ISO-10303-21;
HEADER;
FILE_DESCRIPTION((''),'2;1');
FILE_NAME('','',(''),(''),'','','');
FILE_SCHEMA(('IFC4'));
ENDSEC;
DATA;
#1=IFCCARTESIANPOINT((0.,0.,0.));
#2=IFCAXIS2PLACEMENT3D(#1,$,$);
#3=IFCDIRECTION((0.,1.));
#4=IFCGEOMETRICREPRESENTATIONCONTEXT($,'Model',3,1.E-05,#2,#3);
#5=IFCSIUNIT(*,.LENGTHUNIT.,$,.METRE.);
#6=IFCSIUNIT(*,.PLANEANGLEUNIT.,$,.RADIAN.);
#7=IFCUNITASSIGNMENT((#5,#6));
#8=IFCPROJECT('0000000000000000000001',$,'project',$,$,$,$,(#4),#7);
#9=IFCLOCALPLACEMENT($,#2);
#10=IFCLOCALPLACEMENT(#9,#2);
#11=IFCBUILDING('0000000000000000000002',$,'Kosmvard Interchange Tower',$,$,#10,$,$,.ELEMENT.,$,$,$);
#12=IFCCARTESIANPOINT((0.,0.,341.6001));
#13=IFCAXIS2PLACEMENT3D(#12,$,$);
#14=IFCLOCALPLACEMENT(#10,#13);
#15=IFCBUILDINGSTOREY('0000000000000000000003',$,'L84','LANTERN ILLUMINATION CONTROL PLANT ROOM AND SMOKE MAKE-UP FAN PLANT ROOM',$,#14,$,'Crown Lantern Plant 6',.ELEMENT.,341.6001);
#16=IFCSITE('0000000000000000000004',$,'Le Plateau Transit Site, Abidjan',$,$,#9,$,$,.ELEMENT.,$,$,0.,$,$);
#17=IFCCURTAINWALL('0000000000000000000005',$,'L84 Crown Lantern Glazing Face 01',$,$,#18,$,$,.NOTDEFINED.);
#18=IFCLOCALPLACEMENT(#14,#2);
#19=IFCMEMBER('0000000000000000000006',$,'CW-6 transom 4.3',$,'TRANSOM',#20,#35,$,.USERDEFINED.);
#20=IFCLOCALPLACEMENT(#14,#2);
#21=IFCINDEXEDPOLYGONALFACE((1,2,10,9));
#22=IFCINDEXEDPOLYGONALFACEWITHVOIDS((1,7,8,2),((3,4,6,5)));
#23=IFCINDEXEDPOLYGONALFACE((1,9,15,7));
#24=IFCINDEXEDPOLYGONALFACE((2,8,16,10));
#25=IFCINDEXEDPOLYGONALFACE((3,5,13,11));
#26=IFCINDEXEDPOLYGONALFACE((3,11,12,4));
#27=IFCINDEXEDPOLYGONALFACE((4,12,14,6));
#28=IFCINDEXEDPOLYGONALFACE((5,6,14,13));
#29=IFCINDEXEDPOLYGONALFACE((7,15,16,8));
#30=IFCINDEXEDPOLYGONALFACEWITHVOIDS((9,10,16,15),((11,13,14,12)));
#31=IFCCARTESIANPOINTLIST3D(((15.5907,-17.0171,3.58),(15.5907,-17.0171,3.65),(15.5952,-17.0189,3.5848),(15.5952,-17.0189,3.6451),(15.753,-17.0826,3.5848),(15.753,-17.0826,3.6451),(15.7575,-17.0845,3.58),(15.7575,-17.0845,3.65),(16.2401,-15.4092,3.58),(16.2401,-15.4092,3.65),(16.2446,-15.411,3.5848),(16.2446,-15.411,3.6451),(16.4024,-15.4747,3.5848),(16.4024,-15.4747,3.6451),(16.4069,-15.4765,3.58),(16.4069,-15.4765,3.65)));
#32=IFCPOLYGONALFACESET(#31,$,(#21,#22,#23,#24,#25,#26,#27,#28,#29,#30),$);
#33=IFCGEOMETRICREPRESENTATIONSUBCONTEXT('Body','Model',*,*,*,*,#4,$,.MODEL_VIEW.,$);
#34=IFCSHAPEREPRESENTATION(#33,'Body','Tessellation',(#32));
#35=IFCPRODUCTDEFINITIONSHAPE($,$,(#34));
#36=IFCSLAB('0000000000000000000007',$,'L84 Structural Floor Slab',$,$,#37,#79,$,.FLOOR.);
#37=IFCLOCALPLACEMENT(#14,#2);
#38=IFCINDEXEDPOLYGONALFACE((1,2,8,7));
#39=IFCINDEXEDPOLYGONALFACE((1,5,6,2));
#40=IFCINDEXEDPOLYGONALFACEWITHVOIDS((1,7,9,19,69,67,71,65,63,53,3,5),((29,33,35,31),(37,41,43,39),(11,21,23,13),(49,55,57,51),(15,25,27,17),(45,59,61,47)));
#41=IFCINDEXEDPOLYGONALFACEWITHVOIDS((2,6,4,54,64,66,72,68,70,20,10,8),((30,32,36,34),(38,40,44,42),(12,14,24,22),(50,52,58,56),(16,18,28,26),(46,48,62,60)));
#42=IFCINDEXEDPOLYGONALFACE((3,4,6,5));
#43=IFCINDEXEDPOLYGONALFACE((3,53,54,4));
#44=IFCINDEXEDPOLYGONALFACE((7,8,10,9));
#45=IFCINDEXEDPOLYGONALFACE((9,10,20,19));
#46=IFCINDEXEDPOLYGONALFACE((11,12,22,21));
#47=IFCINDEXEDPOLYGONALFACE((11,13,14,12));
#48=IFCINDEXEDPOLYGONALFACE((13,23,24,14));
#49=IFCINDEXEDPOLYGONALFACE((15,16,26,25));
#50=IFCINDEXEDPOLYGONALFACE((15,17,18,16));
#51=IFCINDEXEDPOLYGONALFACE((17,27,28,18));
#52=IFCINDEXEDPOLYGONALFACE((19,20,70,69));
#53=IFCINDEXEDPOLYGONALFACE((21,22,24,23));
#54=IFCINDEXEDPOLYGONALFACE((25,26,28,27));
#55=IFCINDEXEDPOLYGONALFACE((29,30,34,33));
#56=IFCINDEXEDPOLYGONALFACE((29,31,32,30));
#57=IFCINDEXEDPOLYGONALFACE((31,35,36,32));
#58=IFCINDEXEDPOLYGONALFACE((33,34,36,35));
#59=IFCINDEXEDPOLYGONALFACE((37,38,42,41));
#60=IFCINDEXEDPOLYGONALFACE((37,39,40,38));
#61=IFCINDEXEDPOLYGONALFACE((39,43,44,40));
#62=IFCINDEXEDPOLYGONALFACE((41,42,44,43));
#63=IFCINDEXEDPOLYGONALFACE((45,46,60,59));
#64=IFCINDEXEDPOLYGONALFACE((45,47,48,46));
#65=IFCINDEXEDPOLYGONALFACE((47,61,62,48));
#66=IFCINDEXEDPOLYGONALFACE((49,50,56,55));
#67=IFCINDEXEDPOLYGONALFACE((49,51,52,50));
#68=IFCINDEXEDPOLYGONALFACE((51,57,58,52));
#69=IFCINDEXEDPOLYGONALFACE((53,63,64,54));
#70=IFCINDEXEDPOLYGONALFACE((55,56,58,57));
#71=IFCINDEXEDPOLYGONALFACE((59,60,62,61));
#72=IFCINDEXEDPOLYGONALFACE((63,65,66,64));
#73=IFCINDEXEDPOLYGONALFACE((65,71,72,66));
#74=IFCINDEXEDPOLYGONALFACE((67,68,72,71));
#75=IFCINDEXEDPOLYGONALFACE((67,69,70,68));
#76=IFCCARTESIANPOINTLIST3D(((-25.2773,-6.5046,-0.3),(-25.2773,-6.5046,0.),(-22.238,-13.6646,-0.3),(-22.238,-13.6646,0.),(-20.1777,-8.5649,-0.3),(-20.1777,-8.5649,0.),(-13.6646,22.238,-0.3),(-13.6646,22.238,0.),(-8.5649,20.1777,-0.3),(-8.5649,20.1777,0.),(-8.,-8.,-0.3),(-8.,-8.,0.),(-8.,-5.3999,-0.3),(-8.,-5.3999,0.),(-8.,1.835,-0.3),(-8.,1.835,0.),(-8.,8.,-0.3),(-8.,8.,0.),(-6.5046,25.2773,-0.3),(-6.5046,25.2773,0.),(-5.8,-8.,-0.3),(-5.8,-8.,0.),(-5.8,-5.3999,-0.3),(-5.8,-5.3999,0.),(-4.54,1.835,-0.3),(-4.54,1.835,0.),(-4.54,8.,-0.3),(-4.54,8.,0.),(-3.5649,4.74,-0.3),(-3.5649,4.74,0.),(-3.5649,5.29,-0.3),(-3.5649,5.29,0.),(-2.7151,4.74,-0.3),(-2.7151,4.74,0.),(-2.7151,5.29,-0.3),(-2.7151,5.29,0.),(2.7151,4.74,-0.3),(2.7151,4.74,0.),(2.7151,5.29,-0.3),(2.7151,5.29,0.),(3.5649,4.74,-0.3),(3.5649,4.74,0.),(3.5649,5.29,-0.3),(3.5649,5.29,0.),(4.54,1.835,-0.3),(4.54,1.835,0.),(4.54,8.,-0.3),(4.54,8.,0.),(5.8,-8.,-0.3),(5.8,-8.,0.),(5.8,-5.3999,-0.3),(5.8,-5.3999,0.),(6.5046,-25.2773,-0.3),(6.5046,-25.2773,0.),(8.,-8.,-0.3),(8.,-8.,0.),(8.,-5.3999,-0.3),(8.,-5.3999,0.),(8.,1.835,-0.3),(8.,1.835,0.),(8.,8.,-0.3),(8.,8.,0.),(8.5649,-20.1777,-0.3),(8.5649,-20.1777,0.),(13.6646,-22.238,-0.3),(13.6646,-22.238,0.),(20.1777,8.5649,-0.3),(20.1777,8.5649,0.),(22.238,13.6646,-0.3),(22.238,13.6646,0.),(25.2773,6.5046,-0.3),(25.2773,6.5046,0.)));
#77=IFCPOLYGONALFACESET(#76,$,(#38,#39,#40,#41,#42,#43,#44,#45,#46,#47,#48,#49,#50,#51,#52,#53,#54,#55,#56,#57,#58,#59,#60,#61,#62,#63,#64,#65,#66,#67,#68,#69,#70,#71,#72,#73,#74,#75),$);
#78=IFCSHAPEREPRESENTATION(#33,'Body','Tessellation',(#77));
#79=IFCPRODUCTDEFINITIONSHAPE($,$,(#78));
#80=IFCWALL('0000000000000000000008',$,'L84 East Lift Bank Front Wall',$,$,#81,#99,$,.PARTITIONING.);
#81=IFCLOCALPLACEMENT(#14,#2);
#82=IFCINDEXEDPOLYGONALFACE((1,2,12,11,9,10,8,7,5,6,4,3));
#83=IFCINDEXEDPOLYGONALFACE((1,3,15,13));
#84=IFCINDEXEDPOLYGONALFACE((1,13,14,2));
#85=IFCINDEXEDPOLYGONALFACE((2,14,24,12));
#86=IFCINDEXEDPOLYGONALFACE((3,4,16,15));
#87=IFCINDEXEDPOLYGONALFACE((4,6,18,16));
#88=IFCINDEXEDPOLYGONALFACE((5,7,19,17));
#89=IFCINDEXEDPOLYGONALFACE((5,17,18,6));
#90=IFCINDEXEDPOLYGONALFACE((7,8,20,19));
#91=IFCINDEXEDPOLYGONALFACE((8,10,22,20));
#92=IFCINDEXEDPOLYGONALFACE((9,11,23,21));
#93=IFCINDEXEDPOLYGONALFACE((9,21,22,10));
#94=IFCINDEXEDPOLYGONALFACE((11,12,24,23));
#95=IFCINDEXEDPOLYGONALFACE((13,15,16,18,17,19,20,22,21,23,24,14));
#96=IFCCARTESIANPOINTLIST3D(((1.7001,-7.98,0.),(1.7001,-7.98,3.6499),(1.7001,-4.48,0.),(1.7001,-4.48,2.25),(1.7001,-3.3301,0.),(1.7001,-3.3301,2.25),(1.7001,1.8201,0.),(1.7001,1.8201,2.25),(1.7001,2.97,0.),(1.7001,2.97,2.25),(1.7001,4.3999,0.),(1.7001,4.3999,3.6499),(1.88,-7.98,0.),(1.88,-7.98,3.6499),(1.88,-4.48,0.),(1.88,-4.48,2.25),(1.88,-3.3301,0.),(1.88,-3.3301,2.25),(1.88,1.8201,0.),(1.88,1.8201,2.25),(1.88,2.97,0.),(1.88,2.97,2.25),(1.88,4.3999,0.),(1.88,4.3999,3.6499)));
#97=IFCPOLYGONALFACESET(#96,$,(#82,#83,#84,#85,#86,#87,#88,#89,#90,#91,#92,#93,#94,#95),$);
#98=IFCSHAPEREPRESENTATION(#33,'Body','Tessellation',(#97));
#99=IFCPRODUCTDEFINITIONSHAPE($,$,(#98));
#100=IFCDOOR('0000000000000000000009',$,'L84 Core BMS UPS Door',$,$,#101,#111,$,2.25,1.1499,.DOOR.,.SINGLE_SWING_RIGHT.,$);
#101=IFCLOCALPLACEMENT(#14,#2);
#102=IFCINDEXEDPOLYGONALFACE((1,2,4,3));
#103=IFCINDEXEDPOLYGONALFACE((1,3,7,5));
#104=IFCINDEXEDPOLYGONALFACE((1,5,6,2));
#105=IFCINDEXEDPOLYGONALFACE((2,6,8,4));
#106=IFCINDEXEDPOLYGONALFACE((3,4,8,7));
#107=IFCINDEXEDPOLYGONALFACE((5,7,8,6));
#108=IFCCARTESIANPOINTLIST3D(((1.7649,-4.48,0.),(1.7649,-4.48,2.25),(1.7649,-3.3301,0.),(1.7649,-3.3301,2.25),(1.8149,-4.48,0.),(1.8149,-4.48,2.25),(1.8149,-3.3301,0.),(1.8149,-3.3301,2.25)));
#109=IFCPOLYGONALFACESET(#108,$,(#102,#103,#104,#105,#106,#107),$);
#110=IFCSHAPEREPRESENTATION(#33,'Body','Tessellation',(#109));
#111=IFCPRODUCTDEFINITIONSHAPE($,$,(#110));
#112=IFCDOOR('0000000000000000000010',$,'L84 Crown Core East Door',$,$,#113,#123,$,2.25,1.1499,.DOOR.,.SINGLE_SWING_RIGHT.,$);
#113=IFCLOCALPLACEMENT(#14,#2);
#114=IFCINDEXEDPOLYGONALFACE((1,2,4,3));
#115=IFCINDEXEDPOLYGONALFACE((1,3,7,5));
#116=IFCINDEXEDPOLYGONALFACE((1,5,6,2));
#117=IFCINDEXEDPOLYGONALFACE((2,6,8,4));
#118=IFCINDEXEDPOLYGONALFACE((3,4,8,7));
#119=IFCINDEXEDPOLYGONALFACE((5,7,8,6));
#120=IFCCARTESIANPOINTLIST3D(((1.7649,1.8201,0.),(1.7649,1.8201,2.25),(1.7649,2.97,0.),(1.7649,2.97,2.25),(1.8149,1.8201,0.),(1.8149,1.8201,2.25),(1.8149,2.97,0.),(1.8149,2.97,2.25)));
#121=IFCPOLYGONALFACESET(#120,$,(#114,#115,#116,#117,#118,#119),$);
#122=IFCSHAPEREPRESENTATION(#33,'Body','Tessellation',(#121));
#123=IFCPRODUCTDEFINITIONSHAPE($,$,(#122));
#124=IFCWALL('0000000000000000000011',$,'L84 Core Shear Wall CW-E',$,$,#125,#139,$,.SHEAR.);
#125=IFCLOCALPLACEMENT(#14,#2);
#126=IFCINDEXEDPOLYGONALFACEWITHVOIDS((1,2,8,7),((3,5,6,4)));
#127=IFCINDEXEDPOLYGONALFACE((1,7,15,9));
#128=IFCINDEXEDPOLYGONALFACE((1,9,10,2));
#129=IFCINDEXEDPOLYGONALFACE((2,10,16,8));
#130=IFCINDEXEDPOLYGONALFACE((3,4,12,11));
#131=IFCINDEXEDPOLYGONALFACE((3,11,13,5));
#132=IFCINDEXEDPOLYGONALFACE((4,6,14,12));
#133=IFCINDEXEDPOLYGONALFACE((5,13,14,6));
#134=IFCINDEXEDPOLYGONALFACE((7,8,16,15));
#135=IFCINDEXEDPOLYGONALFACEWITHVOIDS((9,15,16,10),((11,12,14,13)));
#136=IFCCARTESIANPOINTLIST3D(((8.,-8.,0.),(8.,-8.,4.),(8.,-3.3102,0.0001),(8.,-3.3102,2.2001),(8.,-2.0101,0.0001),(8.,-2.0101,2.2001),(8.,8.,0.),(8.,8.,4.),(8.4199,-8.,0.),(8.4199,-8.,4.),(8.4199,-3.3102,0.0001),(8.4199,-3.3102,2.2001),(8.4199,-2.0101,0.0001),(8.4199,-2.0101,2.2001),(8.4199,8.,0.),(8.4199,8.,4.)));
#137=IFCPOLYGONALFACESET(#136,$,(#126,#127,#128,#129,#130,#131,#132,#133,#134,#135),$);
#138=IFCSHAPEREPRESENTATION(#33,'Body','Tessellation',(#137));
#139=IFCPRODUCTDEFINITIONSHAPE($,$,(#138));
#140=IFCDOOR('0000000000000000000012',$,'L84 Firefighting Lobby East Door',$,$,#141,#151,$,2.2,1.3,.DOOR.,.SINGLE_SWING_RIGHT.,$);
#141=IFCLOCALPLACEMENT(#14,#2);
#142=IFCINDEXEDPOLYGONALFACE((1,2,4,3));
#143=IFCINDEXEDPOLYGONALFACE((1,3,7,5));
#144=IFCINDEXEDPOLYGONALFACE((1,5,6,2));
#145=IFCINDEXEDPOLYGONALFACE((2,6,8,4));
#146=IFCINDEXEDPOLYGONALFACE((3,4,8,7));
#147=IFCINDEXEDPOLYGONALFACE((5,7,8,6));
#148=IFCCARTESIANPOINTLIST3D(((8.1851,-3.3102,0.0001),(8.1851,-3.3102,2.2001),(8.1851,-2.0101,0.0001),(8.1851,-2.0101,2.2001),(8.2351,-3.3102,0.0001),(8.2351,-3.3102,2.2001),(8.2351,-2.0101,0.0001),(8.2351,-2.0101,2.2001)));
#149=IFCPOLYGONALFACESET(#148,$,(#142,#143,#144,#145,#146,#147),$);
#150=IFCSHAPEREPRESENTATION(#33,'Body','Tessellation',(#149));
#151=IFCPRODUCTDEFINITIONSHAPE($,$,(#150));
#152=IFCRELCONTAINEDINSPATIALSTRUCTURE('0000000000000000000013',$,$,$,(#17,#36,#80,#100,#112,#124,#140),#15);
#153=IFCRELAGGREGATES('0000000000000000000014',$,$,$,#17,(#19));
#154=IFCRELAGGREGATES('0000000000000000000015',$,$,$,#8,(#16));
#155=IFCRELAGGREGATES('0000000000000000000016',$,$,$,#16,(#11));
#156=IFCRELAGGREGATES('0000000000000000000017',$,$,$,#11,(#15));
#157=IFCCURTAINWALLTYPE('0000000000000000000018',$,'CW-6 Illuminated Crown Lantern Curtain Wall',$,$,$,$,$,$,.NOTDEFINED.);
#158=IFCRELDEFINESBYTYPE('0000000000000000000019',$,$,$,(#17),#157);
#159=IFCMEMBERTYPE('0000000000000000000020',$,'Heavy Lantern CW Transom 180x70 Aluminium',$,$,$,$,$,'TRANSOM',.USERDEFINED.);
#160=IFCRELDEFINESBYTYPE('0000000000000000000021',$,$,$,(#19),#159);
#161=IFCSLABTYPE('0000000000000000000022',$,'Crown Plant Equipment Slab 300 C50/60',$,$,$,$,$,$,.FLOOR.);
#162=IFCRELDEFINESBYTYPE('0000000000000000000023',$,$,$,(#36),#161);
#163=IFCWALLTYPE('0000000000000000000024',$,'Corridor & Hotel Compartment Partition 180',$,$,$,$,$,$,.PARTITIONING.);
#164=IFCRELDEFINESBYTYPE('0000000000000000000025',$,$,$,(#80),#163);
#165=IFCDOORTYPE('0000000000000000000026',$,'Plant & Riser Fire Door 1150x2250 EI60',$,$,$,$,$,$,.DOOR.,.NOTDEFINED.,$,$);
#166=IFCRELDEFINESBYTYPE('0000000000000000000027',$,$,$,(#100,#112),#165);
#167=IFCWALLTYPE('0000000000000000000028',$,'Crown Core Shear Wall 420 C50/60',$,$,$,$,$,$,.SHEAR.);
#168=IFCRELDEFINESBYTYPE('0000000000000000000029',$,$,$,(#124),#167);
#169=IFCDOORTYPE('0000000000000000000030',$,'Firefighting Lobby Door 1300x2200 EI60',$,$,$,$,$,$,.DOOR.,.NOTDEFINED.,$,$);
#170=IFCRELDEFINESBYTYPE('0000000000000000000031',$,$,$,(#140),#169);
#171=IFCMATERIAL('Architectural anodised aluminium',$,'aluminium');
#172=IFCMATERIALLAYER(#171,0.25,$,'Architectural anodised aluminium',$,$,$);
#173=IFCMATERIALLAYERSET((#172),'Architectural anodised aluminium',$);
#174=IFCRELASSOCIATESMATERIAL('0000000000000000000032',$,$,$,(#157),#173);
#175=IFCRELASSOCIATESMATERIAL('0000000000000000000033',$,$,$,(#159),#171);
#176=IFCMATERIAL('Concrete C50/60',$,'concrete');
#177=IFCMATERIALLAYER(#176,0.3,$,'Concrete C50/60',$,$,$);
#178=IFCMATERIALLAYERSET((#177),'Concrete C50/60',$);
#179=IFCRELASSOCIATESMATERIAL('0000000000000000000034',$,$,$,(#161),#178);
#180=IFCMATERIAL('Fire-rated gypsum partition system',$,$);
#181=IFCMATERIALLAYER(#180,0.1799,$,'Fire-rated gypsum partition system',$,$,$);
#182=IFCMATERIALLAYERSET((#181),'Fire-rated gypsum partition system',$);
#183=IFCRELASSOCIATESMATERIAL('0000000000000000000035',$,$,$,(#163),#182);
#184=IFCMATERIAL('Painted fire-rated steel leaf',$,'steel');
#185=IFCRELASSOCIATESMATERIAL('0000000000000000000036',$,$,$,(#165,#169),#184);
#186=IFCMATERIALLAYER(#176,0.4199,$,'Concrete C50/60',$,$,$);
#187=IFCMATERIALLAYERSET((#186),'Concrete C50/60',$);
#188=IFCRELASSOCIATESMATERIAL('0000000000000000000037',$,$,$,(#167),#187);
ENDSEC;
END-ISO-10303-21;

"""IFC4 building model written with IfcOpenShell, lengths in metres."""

from ifc_helpers import new_model, si_unit, direction, frame, frame_2d, origin, origin_2d, place, context, subcontext, project, spatial, polyline, rectangle, hollow_rectangle, outline, extrude, source, transform, mapped, material, layer, layer_set, material_profile, profile_set, type_object, element, fill, aggregate, save


model = new_model("IFC4")

# Units and contexts
model_context = context("Model", 3, precision=1e-05, world=origin(), true_north=direction((0.0, 1.0)))
body_context = subcontext(model_context, "Body", "Model", "MODEL_VIEW")
ifc_project = project(units=[si_unit("LENGTHUNIT", "METRE"), si_unit("PLANEANGLEUNIT", "RADIAN")], contexts=[model_context])

# Site, building, storey
site_placement = place(None, origin())
site = spatial("IfcSite", under=ifc_project, at=site_placement, Name="Le Plateau Transit Site, Abidjan", CompositionType="ELEMENT", RefElevation=0.0)
building_placement = place(site_placement, origin())
building = spatial("IfcBuilding", under=site, at=building_placement, Name="Kosmvard Interchange Tower", CompositionType="ELEMENT")
storey_placement = place(building_placement, frame((0.0, 0.0, 341.6001)))
storey = spatial("IfcBuildingStorey", under=building, at=storey_placement, Name="L84", Description="LANTERN ILLUMINATION CONTROL PLANT ROOM AND SMOKE MAKE-UP FAN PLANT ROOM", LongName="Crown Lantern Plant 6", CompositionType="ELEMENT", Elevation=341.6001)

# Shared definitions
ifc_material_1 = material(Name="Concrete C50/60", Category="concrete")

# Curtain wall, member
ifc_material_2 = material(Name="Architectural anodised aluminium", Category="aluminium")
ifc_layer_1 = layer(ifc_material_2, 0.25, Name="Architectural anodised aluminium")
ifc_layer_set_1 = layer_set([ifc_layer_1], Name="Architectural anodised aluminium")
curtain_wall_type = type_object("IfcCurtainWallType", Name="CW-6 Illuminated Crown Lantern Curtain Wall", PredefinedType="NOTDEFINED", material=ifc_layer_set_1)
curtain_wall_placement = place(storey_placement, origin())
curtain_wall = element("IfcCurtainWall", 1, at=curtain_wall_placement, inside=storey, type_object=curtain_wall_type, Name="L84 Crown Lantern Glazing Face 01", PredefinedType="NOTDEFINED")
ifc_material_profile_1 = material_profile(ifc_material_2, hollow_rectangle(XDim=0.1799, YDim=0.0701, WallThickness=0.0049, at=origin_2d()), Name="CWT 180x70x5")
ifc_profile_set_1 = profile_set([ifc_material_profile_1], Name="Architectural anodised aluminium")
member_type = type_object("IfcMemberType", Name="Heavy Lantern CW Transom 180x70 Aluminium", ElementType="TRANSOM", PredefinedType="USERDEFINED", material=ifc_profile_set_1)
shared_shape_1 = source(origin(), body_context, "Body", "SweptSolid", [
    extrude(hollow_rectangle(XDim=0.1799, YDim=0.0701, WallThickness=0.0049, at=origin_2d()), origin(), (0.0, 0.0, 1.0), 1.7341),
])
member_1_placement = place(storey_placement, frame((15.6741, -17.0508, 3.615), z_axis=(0.374496, 0.927229, 0.0), x_axis=(-0.927229, 0.374496, 0.0)))
member_1 = element("IfcMember", 2, at=member_1_placement, type_object=member_type, Name="CW-6 transom 4.3", ObjectType="TRANSOM", PredefinedType="USERDEFINED", context=body_context, shape_type="MappedRepresentation", body=[
    mapped(shared_shape_1, transform((0.0, 0.0, 0.0), scale=1.0)),
])
aggregate(curtain_wall, [member_1])

# Slab
ifc_layer_2 = layer(ifc_material_1, 0.3, Name="Concrete C50/60")
ifc_layer_set_2 = layer_set([ifc_layer_2], Name="Concrete C50/60")
slab_type = type_object("IfcSlabType", Name="Crown Plant Equipment Slab 300 C50/60", PredefinedType="FLOOR", material=ifc_layer_set_2)
slab_placement = place(storey_placement, frame((0.0, 0.0, -0.3)))
element("IfcSlab", 3, at=slab_placement, inside=storey, type_object=slab_type, Name="L84 Structural Floor Slab", PredefinedType="FLOOR", context=body_context, shape_type="SweptSolid", body=[
    extrude(outline(polyline([(13.6646, -22.238), (25.2773, 6.5046), (20.1777, 8.5649), (22.238, 13.6646), (-6.5046, 25.2773), (-8.5649, 20.1777), (-13.6646, 22.238), (-25.2773, -6.5046), (-20.1777, -8.5649), (-22.238, -13.6646), (6.5046, -25.2773), (8.5649, -20.1777), (13.6646, -22.238)]), holes=[polyline([(-8.0, 1.835), (-4.54, 1.835), (-4.54, 8.0), (-8.0, 8.0), (-8.0, 1.835)]), polyline([(4.54, 1.835), (8.0, 1.835), (8.0, 8.0), (4.54, 8.0), (4.54, 1.835)]), polyline([(-8.0, -8.0), (-5.8, -8.0), (-5.8, -5.3999), (-8.0, -5.3999), (-8.0, -8.0)]), polyline([(5.8, -8.0), (8.0, -8.0), (8.0, -5.3999), (5.8, -5.3999), (5.8, -8.0)]), polyline([(-3.5649, 4.74), (-2.7151, 4.74), (-2.7151, 5.29), (-3.5649, 5.29), (-3.5649, 4.74)]), polyline([(2.7151, 4.74), (3.5649, 4.74), (3.5649, 5.29), (2.7151, 5.29), (2.7151, 4.74)])]), origin(), (0.0, 0.0, 1.0), 0.3),
])

# Wall, openings, doors
ifc_material_3 = material(Name="Fire-rated gypsum partition system")
ifc_layer_3 = layer(ifc_material_3, 0.1799, Name="Fire-rated gypsum partition system")
ifc_layer_set_3 = layer_set([ifc_layer_3], Name="Fire-rated gypsum partition system")
wall_type_1 = type_object("IfcWallType", Name="Corridor & Hotel Compartment Partition 180", PredefinedType="PARTITIONING", material=ifc_layer_set_3)
wall_1_placement = place(storey_placement, frame((1.79, -7.98, 0.0), z_axis=(0.0, 0.0, 1.0), x_axis=(0.0, 1.0, 0.0)))
wall_1 = element("IfcWall", 4, at=wall_1_placement, inside=storey, type_object=wall_type_1, Name="L84 East Lift Bank Front Wall", PredefinedType="PARTITIONING", context=body_context, shape_type="SweptSolid", body=[
    extrude(rectangle(XDim=12.3799, YDim=0.1799, at=frame_2d((6.1899, 0.0))), origin(), (0.0, 0.0, 1.0), 3.6499),
])
opening_1_placement = place(wall_1_placement, frame((3.5, 0.0, 0.0)))
opening_1 = element("IfcOpeningElement", 5, at=opening_1_placement, cuts=wall_1, PredefinedType="OPENING", context=body_context, shape_type="SweptSolid", body=[
    extrude(rectangle(XDim=1.1499, YDim=2.25, at=frame_2d((0.575, 1.125))), frame((0.0, 0.1001, 0.0), z_axis=(0.0, -1.0, 0.0), x_axis=(1.0, 0.0, 0.0)), (0.0, 0.0, 1.0), 0.2),
])
opening_2_placement = place(wall_1_placement, frame((9.8, 0.0, 0.0)))
opening_2 = element("IfcOpeningElement", 6, at=opening_2_placement, cuts=wall_1, PredefinedType="OPENING", context=body_context, shape_type="SweptSolid", body=[
    extrude(rectangle(XDim=1.1499, YDim=2.25, at=frame_2d((0.575, 1.125))), frame((0.0, 0.1001, 0.0), z_axis=(0.0, -1.0, 0.0), x_axis=(1.0, 0.0, 0.0)), (0.0, 0.0, 1.0), 0.2),
])
ifc_material_4 = material(Name="Painted fire-rated steel leaf", Category="steel")
door_type_1 = type_object("IfcDoorType", Name="Plant & Riser Fire Door 1150x2250 EI60", OperationType="NOTDEFINED", PredefinedType="DOOR", material=ifc_material_4)
shared_shape_2 = source(origin(), body_context, "Body", "SweptSolid", [
    extrude(rectangle(XDim=1.1499, YDim=2.25, at=frame_2d((0.575, 1.125))), frame((0.0, 0.0249, 0.0), z_axis=(0.0, -1.0, 0.0), x_axis=(1.0, 0.0, 0.0)), (0.0, 0.0, 1.0), 0.05),
])
door_1_placement = place(opening_1_placement, frame((1.1499, 0.0, 0.0), z_axis=(0.0, 0.0, 1.0), x_axis=(-1.0, 0.0, 0.0)))
door_1 = element("IfcDoor", 7, at=door_1_placement, inside=storey, type_object=door_type_1, Name="L84 Core BMS UPS Door", OperationType="SINGLE_SWING_RIGHT", OverallHeight=2.25, OverallWidth=1.1499, PredefinedType="DOOR", context=body_context, shape_type="MappedRepresentation", body=[
    mapped(shared_shape_2, transform((0.0, 0.0, 0.0), scale=1.0)),
])
fill(opening_1, door_1)
door_2_placement = place(opening_2_placement, frame((1.1499, 0.0, 0.0), z_axis=(0.0, 0.0, 1.0), x_axis=(-1.0, 0.0, 0.0)))
door_2 = element("IfcDoor", 8, at=door_2_placement, inside=storey, type_object=door_type_1, Name="L84 Crown Core East Door", OperationType="SINGLE_SWING_RIGHT", OverallHeight=2.25, OverallWidth=1.1499, PredefinedType="DOOR", context=body_context, shape_type="MappedRepresentation", body=[
    mapped(shared_shape_2, transform((0.0, 0.0, 0.0), scale=1.0)),
])
fill(opening_2, door_2)

# Wall, opening, door
ifc_layer_4 = layer(ifc_material_1, 0.4199, Name="Concrete C50/60")
ifc_layer_set_4 = layer_set([ifc_layer_4], Name="Concrete C50/60")
wall_type_2 = type_object("IfcWallType", Name="Crown Core Shear Wall 420 C50/60", PredefinedType="SHEAR", material=ifc_layer_set_4)
wall_2_placement = place(storey_placement, frame((8.21, -8.0, 0.0), z_axis=(0.0, 0.0, 1.0), x_axis=(0.0, 1.0, 0.0)))
wall_2 = element("IfcWall", 9, at=wall_2_placement, inside=storey, type_object=wall_type_2, Name="L84 Core Shear Wall CW-E", PredefinedType="SHEAR", context=body_context, shape_type="SweptSolid", body=[
    extrude(rectangle(XDim=16.0, YDim=0.4199, at=frame_2d((8.0, 0.0))), origin(), (0.0, 0.0, 1.0), 4.0),
])
opening_3_placement = place(wall_2_placement, frame((4.6899, 0.0, 0.0)))
opening_3 = element("IfcOpeningElement", 10, at=opening_3_placement, cuts=wall_2, PredefinedType="OPENING", context=body_context, shape_type="SweptSolid", body=[
    extrude(rectangle(XDim=1.3, YDim=2.2, at=frame_2d((0.6499, 1.1001))), frame((0.0, 0.22, 0.0), z_axis=(0.0, -1.0, 0.0), x_axis=(1.0, 0.0, 0.0)), (0.0, 0.0, 1.0), 0.4399),
])
door_type_2 = type_object("IfcDoorType", Name="Firefighting Lobby Door 1300x2200 EI60", OperationType="NOTDEFINED", PredefinedType="DOOR", material=ifc_material_4)
shared_shape_3 = source(origin(), body_context, "Body", "SweptSolid", [
    extrude(rectangle(XDim=1.3, YDim=2.2, at=frame_2d((0.6499, 1.1001))), frame((0.0, 0.0249, 0.0), z_axis=(0.0, -1.0, 0.0), x_axis=(1.0, 0.0, 0.0)), (0.0, 0.0, 1.0), 0.05),
])
door_3_placement = place(opening_3_placement, origin())
door_3 = element("IfcDoor", 11, at=door_3_placement, inside=storey, type_object=door_type_2, Name="L84 Firefighting Lobby East Door", OperationType="SINGLE_SWING_RIGHT", OverallHeight=2.2, OverallWidth=1.3, PredefinedType="DOOR", context=body_context, shape_type="MappedRepresentation", body=[
    mapped(shared_shape_3, transform((0.0, 0.0, 0.0), scale=1.0)),
])
fill(opening_3, door_3)

save(model, "model.ifc")
